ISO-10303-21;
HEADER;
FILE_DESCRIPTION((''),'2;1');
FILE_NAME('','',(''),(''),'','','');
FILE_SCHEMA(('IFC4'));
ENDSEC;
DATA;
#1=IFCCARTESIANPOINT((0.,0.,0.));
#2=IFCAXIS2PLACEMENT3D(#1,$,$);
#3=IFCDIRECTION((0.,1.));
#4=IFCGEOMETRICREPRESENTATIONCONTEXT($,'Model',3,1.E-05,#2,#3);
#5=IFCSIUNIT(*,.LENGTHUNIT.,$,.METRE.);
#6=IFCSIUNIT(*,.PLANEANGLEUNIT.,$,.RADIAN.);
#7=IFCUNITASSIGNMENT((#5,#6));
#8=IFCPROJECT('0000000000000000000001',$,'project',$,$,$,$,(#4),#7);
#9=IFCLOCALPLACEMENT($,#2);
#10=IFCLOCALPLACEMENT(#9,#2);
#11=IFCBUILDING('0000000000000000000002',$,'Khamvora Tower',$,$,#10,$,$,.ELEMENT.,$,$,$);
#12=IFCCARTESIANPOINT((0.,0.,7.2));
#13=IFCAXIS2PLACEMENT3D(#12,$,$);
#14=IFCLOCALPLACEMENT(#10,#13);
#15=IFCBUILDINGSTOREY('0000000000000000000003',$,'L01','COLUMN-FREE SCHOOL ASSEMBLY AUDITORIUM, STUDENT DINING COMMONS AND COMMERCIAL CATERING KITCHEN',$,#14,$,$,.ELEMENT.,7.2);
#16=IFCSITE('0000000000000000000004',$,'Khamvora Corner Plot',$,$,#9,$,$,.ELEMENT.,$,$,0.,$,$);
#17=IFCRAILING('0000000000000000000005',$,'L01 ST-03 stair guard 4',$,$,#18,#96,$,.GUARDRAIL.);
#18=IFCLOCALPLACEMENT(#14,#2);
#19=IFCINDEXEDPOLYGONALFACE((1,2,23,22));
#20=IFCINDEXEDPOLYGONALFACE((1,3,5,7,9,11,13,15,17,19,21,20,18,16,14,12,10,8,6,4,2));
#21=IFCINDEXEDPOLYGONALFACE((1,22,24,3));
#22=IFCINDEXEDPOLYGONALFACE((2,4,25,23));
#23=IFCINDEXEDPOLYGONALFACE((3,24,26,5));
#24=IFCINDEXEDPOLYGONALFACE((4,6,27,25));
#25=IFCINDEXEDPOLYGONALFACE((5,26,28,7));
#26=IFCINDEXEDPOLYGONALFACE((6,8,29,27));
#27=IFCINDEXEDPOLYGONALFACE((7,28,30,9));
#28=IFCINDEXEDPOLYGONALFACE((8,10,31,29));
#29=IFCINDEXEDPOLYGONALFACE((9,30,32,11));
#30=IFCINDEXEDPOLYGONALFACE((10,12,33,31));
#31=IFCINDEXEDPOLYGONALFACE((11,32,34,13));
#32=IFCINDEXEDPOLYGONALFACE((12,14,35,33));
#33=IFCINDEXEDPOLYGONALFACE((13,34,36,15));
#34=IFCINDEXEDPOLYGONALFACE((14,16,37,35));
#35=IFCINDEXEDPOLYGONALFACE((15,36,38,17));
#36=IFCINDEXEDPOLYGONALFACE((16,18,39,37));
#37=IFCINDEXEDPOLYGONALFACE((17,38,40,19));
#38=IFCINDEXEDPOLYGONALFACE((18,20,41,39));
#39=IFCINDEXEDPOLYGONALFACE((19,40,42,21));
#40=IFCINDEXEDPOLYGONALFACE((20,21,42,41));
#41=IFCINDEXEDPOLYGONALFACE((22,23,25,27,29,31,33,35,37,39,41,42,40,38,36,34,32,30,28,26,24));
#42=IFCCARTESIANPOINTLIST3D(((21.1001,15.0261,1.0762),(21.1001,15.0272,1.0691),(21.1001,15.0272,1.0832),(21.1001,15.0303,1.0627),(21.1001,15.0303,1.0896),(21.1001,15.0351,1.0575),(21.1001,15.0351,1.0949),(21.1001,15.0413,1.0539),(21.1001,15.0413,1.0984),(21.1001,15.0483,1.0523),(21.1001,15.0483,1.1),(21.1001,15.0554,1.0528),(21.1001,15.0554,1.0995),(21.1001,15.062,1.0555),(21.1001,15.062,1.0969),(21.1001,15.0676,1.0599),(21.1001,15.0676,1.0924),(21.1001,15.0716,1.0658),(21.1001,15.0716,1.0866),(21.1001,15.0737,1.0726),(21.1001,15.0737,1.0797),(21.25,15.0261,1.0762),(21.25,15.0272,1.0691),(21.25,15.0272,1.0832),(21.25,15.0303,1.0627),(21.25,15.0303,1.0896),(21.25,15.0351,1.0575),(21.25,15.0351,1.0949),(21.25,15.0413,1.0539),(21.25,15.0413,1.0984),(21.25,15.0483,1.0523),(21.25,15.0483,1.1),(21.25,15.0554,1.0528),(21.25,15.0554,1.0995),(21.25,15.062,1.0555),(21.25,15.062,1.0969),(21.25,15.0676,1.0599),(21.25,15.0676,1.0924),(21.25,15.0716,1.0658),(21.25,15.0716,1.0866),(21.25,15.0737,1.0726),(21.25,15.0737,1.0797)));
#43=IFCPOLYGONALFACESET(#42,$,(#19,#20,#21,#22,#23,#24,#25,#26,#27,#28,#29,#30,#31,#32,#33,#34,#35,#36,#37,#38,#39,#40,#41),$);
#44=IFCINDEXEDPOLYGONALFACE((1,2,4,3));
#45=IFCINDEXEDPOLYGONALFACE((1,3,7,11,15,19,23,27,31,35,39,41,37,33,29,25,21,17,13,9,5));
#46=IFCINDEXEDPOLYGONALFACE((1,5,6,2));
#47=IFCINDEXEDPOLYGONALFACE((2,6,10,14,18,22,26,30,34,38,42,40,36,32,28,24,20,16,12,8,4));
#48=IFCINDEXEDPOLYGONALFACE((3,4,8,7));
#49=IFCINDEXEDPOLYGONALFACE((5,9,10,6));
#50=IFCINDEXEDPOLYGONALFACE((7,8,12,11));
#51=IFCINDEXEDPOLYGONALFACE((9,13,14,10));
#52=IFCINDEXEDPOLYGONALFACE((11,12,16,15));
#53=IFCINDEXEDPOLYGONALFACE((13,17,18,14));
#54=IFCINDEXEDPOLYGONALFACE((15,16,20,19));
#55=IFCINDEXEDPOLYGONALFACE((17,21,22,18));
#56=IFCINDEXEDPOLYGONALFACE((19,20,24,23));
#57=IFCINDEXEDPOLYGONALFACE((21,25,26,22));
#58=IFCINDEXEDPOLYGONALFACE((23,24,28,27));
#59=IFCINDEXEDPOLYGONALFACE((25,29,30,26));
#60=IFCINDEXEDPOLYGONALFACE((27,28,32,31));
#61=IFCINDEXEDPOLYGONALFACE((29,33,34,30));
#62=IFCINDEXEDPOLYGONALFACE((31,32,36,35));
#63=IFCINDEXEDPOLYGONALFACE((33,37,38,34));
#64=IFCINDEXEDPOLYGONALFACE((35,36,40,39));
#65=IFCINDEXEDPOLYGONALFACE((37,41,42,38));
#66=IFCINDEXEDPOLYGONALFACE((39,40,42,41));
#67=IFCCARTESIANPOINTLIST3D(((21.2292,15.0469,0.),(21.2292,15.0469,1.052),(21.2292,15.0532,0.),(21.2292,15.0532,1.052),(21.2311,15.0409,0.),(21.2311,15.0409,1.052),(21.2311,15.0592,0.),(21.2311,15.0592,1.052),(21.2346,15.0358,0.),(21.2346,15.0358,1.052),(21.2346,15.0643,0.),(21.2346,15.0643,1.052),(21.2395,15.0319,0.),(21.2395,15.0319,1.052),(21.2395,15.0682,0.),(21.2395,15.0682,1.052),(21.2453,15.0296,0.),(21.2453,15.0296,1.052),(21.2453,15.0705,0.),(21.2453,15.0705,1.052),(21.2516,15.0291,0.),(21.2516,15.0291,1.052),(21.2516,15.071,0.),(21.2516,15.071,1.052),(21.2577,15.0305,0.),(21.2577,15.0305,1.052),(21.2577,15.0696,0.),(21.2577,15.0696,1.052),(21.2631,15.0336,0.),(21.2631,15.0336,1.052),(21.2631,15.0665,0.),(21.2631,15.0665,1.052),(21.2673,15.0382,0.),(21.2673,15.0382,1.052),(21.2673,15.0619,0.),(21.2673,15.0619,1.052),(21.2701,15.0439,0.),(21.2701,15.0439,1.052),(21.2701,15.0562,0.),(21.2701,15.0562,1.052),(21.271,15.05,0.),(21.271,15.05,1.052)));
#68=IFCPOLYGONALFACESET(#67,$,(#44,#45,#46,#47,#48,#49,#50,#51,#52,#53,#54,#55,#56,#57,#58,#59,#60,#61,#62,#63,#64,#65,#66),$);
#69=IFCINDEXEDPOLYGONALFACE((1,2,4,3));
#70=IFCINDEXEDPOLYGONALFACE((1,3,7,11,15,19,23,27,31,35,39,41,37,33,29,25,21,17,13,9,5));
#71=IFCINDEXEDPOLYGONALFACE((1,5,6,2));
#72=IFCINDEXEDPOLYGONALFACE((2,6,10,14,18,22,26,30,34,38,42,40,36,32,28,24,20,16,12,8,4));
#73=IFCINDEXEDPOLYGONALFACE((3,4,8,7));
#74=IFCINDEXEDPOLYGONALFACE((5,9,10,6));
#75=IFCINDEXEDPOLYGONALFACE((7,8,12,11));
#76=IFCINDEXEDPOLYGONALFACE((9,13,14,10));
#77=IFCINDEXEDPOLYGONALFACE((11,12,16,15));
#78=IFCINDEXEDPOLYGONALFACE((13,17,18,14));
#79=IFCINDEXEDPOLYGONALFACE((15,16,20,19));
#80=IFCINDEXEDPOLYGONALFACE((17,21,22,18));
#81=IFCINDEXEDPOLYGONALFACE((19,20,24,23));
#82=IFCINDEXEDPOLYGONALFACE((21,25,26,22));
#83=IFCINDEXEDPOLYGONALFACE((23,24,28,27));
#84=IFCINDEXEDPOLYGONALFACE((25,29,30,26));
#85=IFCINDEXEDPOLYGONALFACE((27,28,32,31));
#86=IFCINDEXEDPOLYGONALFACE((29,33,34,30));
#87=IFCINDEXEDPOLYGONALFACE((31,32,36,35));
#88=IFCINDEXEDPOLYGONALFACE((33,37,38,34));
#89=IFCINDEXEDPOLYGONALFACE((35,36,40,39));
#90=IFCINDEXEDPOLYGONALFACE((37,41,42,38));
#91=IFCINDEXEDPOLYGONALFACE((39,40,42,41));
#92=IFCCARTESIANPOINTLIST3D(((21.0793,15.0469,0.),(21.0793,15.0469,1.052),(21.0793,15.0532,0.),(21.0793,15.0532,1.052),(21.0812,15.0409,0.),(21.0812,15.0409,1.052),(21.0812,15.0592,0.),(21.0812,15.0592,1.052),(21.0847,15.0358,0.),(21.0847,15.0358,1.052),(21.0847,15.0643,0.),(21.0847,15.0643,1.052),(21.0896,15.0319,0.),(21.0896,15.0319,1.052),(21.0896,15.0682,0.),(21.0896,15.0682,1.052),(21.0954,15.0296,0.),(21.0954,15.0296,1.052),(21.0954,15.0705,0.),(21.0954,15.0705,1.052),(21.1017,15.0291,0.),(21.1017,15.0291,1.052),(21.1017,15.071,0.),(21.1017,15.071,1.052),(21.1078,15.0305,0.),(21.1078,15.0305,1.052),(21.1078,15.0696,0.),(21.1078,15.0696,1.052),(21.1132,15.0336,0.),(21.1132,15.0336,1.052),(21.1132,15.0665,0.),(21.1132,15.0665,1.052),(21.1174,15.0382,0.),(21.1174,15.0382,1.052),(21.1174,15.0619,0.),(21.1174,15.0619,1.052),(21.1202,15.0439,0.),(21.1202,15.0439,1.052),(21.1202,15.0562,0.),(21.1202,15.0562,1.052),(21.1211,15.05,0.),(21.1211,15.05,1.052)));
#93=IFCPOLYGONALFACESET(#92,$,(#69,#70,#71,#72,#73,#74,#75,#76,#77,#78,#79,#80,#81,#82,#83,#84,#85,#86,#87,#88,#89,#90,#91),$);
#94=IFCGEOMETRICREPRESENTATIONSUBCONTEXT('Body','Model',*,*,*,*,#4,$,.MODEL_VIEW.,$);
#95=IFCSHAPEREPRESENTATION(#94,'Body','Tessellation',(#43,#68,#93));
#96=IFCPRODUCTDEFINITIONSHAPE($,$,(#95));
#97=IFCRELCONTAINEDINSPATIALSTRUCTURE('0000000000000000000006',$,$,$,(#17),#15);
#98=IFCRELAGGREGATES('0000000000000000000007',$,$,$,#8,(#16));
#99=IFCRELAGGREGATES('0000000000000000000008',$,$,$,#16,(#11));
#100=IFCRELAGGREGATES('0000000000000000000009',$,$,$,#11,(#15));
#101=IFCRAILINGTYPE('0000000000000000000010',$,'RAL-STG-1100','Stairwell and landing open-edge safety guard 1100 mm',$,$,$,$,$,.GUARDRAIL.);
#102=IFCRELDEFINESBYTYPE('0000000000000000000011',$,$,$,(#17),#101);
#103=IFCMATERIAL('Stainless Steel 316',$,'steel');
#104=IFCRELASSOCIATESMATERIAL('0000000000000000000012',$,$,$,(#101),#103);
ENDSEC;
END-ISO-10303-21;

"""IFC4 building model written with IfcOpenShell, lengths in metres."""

from ifc_helpers import new_model, si_unit, direction, frame, origin, origin_2d, place, context, subcontext, project, spatial, circle, extrude, material, type_object, element, save


model = new_model("IFC4")

# Units and contexts
model_context = context("Model", 3, precision=1e-05, world=origin(), true_north=direction((0.0, 1.0)))
body_context = subcontext(model_context, "Body", "Model", "MODEL_VIEW")
ifc_project = project(units=[si_unit("LENGTHUNIT", "METRE"), si_unit("PLANEANGLEUNIT", "RADIAN")], contexts=[model_context])

# Site, building, storey
site_placement = place(None, origin())
site = spatial("IfcSite", under=ifc_project, at=site_placement, Name="Khamvora Corner Plot", CompositionType="ELEMENT", RefElevation=0.0)
building_placement = place(site_placement, origin())
building = spatial("IfcBuilding", under=site, at=building_placement, Name="Khamvora Tower", CompositionType="ELEMENT")
storey_placement = place(building_placement, frame((0.0, 0.0, 7.2)))
storey = spatial("IfcBuildingStorey", under=building, at=storey_placement, Name="L01", Description="COLUMN-FREE SCHOOL ASSEMBLY AUDITORIUM, STUDENT DINING COMMONS AND COMMERCIAL CATERING KITCHEN", CompositionType="ELEMENT", Elevation=7.2)

# Railing
ifc_material_1 = material(Name="Stainless Steel 316", Category="steel")
railing_type_1 = type_object("IfcRailingType", Name="RAL-STG-1100", Description="Stairwell and landing open-edge safety guard 1100 mm", PredefinedType="GUARDRAIL", material=ifc_material_1)
railing_1_placement = place(storey_placement, frame((21.25, 15.05, 0.0)))
element("IfcRailing", 1, at=railing_1_placement, inside=storey, type_object=railing_type_1, Name="L01 ST-03 stair guard 4", PredefinedType="GUARDRAIL", context=body_context, shape_type="SweptSolid", body=[
    extrude(circle(Radius=0.0239, at=origin_2d()), frame((0.0, 0.0, 1.0762), z_axis=(-1.0, 0.0, 0.0), x_axis=(0.0, -1.0, 0.0)), (0.0, 0.0, 1.0), 0.1499),
    extrude(circle(Radius=0.021, at=origin_2d()), origin(), (0.0, 0.0, 1.0), 1.052),
    extrude(circle(Radius=0.021, at=origin_2d()), frame((-0.1499, 0.0, 0.0)), (0.0, 0.0, 1.0), 1.052),
])

save(model, "model.ifc")
